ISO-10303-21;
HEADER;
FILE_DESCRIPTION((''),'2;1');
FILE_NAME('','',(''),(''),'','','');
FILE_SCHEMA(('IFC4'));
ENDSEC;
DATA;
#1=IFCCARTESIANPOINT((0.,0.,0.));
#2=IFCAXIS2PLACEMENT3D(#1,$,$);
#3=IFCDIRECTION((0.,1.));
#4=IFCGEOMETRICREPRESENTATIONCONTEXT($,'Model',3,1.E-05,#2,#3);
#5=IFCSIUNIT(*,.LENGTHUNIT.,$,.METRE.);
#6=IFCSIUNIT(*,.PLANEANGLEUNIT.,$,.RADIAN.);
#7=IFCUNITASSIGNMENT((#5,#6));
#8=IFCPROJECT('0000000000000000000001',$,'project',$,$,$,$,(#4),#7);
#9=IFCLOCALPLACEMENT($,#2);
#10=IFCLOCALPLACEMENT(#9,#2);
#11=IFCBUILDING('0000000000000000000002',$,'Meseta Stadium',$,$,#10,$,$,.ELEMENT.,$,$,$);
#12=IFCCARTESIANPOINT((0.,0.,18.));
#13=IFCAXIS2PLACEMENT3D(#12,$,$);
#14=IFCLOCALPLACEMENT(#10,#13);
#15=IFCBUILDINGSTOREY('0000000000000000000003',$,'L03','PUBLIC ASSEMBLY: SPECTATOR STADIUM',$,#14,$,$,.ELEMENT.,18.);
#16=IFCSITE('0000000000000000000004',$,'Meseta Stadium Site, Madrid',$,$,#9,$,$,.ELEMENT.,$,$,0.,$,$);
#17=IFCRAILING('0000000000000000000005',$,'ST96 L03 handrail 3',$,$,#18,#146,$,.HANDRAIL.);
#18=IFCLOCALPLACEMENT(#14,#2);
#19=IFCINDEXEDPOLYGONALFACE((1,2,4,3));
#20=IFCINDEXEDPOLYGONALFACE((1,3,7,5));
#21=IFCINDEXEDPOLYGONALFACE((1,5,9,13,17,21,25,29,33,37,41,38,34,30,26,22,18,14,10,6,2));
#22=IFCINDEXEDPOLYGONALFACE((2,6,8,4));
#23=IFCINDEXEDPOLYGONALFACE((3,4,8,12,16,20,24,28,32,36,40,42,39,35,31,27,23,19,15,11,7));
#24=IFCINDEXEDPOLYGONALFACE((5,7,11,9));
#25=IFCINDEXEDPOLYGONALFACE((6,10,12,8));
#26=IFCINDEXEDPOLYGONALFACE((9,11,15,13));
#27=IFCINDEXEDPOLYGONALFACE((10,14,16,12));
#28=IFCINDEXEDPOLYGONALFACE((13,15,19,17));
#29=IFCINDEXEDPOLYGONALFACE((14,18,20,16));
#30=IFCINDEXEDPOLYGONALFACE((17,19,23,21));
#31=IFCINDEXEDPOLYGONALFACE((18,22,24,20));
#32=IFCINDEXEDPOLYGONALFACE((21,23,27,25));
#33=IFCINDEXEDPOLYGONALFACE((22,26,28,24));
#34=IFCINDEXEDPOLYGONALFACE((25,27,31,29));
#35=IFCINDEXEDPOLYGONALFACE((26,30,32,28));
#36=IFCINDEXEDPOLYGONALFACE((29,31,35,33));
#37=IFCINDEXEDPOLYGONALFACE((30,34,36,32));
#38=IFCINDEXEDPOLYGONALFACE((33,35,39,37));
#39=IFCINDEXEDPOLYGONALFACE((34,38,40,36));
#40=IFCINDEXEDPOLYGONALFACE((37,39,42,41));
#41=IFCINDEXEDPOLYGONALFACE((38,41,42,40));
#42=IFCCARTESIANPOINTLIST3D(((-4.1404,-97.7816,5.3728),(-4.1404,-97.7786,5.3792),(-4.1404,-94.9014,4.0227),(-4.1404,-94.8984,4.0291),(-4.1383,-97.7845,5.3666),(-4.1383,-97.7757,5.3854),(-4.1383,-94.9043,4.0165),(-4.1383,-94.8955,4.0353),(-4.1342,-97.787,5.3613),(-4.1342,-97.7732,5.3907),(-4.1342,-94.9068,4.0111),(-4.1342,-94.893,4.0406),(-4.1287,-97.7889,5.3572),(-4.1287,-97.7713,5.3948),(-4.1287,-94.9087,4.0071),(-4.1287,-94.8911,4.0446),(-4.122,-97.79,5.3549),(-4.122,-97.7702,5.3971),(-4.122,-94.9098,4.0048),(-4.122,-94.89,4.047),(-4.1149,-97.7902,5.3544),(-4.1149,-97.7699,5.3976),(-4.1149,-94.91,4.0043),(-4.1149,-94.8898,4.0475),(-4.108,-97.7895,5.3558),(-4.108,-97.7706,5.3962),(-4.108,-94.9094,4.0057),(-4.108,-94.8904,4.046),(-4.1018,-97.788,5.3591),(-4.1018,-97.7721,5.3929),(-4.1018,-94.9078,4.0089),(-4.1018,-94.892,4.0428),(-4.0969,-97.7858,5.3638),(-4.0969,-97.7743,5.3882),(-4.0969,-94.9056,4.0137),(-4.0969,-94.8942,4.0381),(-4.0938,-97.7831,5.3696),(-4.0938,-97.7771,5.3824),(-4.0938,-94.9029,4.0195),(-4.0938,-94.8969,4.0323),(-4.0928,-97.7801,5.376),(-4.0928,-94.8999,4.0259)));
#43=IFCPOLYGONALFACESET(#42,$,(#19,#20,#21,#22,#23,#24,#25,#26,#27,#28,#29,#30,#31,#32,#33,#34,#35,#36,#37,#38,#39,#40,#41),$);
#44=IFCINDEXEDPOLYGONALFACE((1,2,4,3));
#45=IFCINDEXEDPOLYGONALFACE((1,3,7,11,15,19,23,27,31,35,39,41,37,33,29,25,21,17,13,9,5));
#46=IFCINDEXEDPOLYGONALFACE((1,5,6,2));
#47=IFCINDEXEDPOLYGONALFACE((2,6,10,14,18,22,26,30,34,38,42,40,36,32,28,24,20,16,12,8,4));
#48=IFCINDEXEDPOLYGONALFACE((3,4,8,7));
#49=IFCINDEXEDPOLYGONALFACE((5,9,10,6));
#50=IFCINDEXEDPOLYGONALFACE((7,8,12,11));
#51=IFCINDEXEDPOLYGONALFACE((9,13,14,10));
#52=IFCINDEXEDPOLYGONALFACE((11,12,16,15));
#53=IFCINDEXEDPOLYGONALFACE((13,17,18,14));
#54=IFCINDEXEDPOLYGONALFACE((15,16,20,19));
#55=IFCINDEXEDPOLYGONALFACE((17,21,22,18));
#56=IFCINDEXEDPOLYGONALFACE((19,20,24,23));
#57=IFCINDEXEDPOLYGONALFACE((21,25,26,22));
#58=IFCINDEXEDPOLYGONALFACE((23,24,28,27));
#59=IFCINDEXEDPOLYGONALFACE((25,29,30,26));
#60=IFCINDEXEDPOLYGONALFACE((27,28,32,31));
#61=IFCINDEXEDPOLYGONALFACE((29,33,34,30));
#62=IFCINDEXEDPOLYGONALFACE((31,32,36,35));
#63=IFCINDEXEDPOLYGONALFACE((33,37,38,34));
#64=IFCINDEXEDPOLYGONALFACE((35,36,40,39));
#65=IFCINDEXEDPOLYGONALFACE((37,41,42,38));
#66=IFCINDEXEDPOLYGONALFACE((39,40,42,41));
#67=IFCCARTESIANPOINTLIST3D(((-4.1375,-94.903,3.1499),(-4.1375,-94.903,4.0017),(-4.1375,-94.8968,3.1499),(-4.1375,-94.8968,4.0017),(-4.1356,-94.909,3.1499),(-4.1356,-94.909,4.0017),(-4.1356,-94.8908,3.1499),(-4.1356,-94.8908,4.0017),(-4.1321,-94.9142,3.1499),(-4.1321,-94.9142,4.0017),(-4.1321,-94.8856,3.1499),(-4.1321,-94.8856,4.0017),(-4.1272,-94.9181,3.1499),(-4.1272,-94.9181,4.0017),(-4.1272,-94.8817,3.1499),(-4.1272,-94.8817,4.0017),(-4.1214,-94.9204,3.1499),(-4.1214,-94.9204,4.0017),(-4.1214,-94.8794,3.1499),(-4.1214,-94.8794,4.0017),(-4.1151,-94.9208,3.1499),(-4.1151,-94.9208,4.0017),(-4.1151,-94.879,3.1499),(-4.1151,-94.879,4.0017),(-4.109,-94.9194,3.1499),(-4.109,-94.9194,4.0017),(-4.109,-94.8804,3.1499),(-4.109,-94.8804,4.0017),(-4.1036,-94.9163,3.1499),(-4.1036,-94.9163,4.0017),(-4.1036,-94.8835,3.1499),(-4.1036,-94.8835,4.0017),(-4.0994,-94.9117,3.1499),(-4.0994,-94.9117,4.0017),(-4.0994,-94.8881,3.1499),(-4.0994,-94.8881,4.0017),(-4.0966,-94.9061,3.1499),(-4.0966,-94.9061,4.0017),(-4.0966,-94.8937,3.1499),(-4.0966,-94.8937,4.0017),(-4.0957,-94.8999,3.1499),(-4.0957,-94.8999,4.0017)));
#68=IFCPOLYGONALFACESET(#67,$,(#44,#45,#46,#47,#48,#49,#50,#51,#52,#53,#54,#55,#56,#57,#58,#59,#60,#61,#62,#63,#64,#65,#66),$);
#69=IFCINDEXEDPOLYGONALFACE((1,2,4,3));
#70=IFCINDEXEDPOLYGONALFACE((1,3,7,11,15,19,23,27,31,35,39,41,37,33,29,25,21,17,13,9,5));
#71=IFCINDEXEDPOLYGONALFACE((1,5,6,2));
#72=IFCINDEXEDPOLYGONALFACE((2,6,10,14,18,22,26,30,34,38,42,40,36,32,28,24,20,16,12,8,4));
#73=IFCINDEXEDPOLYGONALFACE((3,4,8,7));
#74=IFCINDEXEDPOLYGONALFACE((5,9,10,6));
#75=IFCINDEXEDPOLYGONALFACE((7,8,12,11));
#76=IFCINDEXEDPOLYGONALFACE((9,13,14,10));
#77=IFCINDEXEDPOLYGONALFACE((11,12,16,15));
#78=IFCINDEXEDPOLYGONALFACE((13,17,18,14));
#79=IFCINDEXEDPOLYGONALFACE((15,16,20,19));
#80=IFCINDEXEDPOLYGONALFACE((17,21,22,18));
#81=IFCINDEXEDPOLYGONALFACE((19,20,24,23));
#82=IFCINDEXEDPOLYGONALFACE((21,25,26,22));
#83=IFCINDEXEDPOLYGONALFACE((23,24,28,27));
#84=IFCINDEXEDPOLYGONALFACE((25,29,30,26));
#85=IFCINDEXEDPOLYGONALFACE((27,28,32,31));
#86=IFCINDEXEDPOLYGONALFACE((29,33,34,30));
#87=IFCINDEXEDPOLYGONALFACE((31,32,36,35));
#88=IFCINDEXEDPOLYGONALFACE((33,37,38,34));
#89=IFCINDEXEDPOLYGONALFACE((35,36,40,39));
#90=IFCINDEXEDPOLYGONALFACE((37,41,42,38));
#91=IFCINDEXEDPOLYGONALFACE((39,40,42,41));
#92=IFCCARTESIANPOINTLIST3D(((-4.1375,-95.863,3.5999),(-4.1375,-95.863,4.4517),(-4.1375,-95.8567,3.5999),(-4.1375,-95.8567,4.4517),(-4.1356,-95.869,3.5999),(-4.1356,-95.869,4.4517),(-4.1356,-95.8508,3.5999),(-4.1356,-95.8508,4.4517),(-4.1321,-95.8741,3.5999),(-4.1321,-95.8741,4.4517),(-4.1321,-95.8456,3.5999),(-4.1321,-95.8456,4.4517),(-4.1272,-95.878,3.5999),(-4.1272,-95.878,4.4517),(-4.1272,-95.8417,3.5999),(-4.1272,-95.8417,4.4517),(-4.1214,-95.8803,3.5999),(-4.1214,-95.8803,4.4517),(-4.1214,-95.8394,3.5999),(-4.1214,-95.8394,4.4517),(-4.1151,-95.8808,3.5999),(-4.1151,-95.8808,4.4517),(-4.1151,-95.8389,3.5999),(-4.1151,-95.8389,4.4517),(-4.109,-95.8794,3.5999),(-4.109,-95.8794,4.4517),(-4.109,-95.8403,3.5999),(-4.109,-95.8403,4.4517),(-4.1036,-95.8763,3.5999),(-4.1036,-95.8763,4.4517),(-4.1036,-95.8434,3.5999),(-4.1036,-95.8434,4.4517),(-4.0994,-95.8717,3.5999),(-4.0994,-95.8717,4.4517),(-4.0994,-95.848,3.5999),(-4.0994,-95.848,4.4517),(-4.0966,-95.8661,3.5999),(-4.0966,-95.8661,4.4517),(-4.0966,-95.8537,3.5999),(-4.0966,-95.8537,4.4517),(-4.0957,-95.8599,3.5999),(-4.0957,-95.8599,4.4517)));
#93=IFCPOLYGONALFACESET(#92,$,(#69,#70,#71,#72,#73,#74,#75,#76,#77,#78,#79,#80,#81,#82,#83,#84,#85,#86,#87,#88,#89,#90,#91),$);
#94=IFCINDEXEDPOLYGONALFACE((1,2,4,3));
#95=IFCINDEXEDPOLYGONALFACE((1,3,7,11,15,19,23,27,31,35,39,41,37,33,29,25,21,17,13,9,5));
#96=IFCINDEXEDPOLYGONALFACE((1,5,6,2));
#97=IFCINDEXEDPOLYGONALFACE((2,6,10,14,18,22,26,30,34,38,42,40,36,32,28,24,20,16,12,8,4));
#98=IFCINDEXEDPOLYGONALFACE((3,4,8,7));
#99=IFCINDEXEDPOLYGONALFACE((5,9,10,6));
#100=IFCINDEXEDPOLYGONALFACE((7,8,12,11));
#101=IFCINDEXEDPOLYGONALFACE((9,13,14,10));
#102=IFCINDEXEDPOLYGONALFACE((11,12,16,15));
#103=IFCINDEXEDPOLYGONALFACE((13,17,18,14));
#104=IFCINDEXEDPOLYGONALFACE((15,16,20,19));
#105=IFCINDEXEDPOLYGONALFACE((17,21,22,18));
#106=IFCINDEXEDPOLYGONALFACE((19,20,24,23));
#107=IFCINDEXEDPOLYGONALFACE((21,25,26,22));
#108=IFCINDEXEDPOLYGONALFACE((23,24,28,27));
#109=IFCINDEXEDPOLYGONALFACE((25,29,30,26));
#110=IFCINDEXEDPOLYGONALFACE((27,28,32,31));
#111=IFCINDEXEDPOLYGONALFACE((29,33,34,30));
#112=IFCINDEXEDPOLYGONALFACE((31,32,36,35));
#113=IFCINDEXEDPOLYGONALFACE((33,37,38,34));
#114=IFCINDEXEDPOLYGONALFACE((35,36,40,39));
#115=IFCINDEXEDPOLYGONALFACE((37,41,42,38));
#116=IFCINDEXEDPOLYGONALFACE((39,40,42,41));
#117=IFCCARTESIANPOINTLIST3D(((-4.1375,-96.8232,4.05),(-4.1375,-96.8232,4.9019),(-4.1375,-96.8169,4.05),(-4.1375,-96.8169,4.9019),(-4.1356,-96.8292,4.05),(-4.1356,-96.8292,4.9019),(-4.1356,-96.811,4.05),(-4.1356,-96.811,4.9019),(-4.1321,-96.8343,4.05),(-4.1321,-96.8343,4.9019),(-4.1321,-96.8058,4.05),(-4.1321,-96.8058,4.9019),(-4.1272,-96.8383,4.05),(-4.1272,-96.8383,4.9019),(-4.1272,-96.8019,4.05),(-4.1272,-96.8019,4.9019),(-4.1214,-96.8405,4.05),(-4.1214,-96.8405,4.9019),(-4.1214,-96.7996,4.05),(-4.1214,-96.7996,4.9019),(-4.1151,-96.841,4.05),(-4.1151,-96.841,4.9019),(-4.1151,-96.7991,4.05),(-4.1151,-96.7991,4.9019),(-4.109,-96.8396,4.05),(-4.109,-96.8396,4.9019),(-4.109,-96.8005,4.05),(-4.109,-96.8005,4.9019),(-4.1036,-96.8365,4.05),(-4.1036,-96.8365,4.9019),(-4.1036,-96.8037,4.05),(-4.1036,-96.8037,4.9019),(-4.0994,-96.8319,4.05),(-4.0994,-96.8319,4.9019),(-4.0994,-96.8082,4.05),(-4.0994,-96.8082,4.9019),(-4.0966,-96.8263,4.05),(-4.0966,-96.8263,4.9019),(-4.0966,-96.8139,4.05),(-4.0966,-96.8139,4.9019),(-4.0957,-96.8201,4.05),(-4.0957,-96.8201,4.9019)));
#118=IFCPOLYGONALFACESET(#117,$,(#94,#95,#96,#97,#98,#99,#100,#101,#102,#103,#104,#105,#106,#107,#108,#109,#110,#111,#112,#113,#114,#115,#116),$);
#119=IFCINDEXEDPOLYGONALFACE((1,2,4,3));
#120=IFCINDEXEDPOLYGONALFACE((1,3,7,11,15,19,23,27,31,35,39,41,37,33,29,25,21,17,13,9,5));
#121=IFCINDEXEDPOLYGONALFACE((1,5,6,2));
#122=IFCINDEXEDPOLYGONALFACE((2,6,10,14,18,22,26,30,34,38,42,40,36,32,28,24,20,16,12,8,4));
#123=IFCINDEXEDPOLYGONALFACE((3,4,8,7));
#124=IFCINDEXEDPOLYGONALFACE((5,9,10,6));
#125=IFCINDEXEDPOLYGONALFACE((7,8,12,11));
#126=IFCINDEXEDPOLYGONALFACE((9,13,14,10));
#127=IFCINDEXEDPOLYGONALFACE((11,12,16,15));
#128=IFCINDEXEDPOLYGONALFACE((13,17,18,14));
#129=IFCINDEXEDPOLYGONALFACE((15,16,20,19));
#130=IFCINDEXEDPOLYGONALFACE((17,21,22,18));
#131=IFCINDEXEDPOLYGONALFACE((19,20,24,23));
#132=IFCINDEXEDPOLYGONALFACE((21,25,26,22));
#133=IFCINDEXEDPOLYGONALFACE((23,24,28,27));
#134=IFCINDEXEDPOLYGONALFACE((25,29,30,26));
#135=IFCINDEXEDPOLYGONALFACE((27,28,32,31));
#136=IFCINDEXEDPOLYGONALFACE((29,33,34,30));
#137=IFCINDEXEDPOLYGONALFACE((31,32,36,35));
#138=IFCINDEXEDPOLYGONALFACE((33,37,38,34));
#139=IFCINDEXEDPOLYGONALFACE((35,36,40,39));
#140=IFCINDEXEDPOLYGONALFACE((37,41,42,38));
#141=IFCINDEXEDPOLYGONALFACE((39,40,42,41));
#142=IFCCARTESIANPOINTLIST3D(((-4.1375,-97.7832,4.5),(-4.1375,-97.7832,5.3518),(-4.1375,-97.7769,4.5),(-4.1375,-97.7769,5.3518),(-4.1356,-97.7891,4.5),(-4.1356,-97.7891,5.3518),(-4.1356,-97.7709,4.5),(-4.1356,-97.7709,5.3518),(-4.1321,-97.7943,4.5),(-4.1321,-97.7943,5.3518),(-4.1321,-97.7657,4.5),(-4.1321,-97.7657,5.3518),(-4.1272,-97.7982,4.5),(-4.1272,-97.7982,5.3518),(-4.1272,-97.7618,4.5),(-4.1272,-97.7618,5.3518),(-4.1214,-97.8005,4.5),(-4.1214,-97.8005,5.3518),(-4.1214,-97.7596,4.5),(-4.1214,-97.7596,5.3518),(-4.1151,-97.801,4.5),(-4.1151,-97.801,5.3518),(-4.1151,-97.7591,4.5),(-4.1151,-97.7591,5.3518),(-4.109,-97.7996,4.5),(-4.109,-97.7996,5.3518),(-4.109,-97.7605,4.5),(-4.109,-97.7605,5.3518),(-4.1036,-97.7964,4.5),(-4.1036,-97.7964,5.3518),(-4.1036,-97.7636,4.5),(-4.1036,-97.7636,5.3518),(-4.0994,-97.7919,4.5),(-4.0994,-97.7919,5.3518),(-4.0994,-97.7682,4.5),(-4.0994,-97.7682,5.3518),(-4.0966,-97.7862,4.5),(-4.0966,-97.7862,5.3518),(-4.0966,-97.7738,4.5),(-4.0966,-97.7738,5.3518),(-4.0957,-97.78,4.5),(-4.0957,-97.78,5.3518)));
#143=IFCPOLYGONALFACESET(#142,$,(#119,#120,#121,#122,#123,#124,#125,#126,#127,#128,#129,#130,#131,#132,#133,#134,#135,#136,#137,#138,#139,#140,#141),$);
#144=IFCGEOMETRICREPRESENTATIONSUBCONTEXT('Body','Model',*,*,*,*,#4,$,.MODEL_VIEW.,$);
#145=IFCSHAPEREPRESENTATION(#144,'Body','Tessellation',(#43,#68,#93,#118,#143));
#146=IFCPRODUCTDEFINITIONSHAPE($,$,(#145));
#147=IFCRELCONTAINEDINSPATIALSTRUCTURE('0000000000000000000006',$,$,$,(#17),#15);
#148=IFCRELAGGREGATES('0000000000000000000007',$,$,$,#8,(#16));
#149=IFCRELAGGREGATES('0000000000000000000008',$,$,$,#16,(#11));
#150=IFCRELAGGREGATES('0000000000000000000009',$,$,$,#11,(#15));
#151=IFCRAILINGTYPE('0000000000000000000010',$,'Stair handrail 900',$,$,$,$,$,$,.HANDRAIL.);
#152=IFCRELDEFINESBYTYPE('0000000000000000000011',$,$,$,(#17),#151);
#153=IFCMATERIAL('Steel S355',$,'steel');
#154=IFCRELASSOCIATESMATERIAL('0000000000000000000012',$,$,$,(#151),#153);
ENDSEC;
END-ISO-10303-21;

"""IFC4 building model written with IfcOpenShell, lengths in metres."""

from ifc_helpers import new_model, si_unit, direction, frame, origin, origin_2d, place, context, subcontext, project, spatial, circle, extrude, material, type_object, element, save


model = new_model("IFC4")

# Units and contexts
model_context = context("Model", 3, precision=1e-05, world=origin(), true_north=direction((0.0, 1.0)))
body_context = subcontext(model_context, "Body", "Model", "MODEL_VIEW")
ifc_project = project(units=[si_unit("LENGTHUNIT", "METRE"), si_unit("PLANEANGLEUNIT", "RADIAN")], contexts=[model_context])

# Site, building, storey
site_placement = place(None, origin())
site = spatial("IfcSite", under=ifc_project, at=site_placement, Name="Meseta Stadium Site, Madrid", CompositionType="ELEMENT", RefElevation=0.0)
building_placement = place(site_placement, origin())
building = spatial("IfcBuilding", under=site, at=building_placement, Name="Meseta Stadium", CompositionType="ELEMENT")
storey_placement = place(building_placement, frame((0.0, 0.0, 18.0)))
storey = spatial("IfcBuildingStorey", under=building, at=storey_placement, Name="L03", Description="PUBLIC ASSEMBLY: SPECTATOR STADIUM", CompositionType="ELEMENT", Elevation=18.0)

# Railing
ifc_material_1 = material(Name="Steel S355", Category="steel")
railing_type_1 = type_object("IfcRailingType", Name="Stair handrail 900", PredefinedType="HANDRAIL", material=ifc_material_1)
for number, where, name in (
    (1, (-4.1167, -94.8999, 3.1499), "ST96 L03 handrail 3"),
):
    element("IfcRailing", number, at=place(storey_placement, frame(where)), inside=storey, type_object=railing_type_1, Name=name, PredefinedType="HANDRAIL", context=body_context, shape_type="SweptSolid", body=[
        extrude(circle(Radius=0.0239, at=origin_2d()), frame((0.0, 0.0, 0.876), z_axis=(0.0, -0.905454, 0.424444), x_axis=(1.0, 0.0, 0.0)), (0.0, 0.0, 1.0), 3.1809),
        extrude(circle(Radius=0.021, at=origin_2d()), origin(), (0.0, 0.0, 1.0), 0.8518),
        extrude(circle(Radius=0.021, at=origin_2d()), frame((0.0, -0.96, 0.45)), (0.0, 0.0, 1.0), 0.8518),
        extrude(circle(Radius=0.021, at=origin_2d()), frame((0.0, -1.9202, 0.9001)), (0.0, 0.0, 1.0), 0.8518),
        extrude(circle(Radius=0.021, at=origin_2d()), frame((0.0, -2.8801, 1.3501)), (0.0, 0.0, 1.0), 0.8518),
    ])

save(model, "model.ifc")
